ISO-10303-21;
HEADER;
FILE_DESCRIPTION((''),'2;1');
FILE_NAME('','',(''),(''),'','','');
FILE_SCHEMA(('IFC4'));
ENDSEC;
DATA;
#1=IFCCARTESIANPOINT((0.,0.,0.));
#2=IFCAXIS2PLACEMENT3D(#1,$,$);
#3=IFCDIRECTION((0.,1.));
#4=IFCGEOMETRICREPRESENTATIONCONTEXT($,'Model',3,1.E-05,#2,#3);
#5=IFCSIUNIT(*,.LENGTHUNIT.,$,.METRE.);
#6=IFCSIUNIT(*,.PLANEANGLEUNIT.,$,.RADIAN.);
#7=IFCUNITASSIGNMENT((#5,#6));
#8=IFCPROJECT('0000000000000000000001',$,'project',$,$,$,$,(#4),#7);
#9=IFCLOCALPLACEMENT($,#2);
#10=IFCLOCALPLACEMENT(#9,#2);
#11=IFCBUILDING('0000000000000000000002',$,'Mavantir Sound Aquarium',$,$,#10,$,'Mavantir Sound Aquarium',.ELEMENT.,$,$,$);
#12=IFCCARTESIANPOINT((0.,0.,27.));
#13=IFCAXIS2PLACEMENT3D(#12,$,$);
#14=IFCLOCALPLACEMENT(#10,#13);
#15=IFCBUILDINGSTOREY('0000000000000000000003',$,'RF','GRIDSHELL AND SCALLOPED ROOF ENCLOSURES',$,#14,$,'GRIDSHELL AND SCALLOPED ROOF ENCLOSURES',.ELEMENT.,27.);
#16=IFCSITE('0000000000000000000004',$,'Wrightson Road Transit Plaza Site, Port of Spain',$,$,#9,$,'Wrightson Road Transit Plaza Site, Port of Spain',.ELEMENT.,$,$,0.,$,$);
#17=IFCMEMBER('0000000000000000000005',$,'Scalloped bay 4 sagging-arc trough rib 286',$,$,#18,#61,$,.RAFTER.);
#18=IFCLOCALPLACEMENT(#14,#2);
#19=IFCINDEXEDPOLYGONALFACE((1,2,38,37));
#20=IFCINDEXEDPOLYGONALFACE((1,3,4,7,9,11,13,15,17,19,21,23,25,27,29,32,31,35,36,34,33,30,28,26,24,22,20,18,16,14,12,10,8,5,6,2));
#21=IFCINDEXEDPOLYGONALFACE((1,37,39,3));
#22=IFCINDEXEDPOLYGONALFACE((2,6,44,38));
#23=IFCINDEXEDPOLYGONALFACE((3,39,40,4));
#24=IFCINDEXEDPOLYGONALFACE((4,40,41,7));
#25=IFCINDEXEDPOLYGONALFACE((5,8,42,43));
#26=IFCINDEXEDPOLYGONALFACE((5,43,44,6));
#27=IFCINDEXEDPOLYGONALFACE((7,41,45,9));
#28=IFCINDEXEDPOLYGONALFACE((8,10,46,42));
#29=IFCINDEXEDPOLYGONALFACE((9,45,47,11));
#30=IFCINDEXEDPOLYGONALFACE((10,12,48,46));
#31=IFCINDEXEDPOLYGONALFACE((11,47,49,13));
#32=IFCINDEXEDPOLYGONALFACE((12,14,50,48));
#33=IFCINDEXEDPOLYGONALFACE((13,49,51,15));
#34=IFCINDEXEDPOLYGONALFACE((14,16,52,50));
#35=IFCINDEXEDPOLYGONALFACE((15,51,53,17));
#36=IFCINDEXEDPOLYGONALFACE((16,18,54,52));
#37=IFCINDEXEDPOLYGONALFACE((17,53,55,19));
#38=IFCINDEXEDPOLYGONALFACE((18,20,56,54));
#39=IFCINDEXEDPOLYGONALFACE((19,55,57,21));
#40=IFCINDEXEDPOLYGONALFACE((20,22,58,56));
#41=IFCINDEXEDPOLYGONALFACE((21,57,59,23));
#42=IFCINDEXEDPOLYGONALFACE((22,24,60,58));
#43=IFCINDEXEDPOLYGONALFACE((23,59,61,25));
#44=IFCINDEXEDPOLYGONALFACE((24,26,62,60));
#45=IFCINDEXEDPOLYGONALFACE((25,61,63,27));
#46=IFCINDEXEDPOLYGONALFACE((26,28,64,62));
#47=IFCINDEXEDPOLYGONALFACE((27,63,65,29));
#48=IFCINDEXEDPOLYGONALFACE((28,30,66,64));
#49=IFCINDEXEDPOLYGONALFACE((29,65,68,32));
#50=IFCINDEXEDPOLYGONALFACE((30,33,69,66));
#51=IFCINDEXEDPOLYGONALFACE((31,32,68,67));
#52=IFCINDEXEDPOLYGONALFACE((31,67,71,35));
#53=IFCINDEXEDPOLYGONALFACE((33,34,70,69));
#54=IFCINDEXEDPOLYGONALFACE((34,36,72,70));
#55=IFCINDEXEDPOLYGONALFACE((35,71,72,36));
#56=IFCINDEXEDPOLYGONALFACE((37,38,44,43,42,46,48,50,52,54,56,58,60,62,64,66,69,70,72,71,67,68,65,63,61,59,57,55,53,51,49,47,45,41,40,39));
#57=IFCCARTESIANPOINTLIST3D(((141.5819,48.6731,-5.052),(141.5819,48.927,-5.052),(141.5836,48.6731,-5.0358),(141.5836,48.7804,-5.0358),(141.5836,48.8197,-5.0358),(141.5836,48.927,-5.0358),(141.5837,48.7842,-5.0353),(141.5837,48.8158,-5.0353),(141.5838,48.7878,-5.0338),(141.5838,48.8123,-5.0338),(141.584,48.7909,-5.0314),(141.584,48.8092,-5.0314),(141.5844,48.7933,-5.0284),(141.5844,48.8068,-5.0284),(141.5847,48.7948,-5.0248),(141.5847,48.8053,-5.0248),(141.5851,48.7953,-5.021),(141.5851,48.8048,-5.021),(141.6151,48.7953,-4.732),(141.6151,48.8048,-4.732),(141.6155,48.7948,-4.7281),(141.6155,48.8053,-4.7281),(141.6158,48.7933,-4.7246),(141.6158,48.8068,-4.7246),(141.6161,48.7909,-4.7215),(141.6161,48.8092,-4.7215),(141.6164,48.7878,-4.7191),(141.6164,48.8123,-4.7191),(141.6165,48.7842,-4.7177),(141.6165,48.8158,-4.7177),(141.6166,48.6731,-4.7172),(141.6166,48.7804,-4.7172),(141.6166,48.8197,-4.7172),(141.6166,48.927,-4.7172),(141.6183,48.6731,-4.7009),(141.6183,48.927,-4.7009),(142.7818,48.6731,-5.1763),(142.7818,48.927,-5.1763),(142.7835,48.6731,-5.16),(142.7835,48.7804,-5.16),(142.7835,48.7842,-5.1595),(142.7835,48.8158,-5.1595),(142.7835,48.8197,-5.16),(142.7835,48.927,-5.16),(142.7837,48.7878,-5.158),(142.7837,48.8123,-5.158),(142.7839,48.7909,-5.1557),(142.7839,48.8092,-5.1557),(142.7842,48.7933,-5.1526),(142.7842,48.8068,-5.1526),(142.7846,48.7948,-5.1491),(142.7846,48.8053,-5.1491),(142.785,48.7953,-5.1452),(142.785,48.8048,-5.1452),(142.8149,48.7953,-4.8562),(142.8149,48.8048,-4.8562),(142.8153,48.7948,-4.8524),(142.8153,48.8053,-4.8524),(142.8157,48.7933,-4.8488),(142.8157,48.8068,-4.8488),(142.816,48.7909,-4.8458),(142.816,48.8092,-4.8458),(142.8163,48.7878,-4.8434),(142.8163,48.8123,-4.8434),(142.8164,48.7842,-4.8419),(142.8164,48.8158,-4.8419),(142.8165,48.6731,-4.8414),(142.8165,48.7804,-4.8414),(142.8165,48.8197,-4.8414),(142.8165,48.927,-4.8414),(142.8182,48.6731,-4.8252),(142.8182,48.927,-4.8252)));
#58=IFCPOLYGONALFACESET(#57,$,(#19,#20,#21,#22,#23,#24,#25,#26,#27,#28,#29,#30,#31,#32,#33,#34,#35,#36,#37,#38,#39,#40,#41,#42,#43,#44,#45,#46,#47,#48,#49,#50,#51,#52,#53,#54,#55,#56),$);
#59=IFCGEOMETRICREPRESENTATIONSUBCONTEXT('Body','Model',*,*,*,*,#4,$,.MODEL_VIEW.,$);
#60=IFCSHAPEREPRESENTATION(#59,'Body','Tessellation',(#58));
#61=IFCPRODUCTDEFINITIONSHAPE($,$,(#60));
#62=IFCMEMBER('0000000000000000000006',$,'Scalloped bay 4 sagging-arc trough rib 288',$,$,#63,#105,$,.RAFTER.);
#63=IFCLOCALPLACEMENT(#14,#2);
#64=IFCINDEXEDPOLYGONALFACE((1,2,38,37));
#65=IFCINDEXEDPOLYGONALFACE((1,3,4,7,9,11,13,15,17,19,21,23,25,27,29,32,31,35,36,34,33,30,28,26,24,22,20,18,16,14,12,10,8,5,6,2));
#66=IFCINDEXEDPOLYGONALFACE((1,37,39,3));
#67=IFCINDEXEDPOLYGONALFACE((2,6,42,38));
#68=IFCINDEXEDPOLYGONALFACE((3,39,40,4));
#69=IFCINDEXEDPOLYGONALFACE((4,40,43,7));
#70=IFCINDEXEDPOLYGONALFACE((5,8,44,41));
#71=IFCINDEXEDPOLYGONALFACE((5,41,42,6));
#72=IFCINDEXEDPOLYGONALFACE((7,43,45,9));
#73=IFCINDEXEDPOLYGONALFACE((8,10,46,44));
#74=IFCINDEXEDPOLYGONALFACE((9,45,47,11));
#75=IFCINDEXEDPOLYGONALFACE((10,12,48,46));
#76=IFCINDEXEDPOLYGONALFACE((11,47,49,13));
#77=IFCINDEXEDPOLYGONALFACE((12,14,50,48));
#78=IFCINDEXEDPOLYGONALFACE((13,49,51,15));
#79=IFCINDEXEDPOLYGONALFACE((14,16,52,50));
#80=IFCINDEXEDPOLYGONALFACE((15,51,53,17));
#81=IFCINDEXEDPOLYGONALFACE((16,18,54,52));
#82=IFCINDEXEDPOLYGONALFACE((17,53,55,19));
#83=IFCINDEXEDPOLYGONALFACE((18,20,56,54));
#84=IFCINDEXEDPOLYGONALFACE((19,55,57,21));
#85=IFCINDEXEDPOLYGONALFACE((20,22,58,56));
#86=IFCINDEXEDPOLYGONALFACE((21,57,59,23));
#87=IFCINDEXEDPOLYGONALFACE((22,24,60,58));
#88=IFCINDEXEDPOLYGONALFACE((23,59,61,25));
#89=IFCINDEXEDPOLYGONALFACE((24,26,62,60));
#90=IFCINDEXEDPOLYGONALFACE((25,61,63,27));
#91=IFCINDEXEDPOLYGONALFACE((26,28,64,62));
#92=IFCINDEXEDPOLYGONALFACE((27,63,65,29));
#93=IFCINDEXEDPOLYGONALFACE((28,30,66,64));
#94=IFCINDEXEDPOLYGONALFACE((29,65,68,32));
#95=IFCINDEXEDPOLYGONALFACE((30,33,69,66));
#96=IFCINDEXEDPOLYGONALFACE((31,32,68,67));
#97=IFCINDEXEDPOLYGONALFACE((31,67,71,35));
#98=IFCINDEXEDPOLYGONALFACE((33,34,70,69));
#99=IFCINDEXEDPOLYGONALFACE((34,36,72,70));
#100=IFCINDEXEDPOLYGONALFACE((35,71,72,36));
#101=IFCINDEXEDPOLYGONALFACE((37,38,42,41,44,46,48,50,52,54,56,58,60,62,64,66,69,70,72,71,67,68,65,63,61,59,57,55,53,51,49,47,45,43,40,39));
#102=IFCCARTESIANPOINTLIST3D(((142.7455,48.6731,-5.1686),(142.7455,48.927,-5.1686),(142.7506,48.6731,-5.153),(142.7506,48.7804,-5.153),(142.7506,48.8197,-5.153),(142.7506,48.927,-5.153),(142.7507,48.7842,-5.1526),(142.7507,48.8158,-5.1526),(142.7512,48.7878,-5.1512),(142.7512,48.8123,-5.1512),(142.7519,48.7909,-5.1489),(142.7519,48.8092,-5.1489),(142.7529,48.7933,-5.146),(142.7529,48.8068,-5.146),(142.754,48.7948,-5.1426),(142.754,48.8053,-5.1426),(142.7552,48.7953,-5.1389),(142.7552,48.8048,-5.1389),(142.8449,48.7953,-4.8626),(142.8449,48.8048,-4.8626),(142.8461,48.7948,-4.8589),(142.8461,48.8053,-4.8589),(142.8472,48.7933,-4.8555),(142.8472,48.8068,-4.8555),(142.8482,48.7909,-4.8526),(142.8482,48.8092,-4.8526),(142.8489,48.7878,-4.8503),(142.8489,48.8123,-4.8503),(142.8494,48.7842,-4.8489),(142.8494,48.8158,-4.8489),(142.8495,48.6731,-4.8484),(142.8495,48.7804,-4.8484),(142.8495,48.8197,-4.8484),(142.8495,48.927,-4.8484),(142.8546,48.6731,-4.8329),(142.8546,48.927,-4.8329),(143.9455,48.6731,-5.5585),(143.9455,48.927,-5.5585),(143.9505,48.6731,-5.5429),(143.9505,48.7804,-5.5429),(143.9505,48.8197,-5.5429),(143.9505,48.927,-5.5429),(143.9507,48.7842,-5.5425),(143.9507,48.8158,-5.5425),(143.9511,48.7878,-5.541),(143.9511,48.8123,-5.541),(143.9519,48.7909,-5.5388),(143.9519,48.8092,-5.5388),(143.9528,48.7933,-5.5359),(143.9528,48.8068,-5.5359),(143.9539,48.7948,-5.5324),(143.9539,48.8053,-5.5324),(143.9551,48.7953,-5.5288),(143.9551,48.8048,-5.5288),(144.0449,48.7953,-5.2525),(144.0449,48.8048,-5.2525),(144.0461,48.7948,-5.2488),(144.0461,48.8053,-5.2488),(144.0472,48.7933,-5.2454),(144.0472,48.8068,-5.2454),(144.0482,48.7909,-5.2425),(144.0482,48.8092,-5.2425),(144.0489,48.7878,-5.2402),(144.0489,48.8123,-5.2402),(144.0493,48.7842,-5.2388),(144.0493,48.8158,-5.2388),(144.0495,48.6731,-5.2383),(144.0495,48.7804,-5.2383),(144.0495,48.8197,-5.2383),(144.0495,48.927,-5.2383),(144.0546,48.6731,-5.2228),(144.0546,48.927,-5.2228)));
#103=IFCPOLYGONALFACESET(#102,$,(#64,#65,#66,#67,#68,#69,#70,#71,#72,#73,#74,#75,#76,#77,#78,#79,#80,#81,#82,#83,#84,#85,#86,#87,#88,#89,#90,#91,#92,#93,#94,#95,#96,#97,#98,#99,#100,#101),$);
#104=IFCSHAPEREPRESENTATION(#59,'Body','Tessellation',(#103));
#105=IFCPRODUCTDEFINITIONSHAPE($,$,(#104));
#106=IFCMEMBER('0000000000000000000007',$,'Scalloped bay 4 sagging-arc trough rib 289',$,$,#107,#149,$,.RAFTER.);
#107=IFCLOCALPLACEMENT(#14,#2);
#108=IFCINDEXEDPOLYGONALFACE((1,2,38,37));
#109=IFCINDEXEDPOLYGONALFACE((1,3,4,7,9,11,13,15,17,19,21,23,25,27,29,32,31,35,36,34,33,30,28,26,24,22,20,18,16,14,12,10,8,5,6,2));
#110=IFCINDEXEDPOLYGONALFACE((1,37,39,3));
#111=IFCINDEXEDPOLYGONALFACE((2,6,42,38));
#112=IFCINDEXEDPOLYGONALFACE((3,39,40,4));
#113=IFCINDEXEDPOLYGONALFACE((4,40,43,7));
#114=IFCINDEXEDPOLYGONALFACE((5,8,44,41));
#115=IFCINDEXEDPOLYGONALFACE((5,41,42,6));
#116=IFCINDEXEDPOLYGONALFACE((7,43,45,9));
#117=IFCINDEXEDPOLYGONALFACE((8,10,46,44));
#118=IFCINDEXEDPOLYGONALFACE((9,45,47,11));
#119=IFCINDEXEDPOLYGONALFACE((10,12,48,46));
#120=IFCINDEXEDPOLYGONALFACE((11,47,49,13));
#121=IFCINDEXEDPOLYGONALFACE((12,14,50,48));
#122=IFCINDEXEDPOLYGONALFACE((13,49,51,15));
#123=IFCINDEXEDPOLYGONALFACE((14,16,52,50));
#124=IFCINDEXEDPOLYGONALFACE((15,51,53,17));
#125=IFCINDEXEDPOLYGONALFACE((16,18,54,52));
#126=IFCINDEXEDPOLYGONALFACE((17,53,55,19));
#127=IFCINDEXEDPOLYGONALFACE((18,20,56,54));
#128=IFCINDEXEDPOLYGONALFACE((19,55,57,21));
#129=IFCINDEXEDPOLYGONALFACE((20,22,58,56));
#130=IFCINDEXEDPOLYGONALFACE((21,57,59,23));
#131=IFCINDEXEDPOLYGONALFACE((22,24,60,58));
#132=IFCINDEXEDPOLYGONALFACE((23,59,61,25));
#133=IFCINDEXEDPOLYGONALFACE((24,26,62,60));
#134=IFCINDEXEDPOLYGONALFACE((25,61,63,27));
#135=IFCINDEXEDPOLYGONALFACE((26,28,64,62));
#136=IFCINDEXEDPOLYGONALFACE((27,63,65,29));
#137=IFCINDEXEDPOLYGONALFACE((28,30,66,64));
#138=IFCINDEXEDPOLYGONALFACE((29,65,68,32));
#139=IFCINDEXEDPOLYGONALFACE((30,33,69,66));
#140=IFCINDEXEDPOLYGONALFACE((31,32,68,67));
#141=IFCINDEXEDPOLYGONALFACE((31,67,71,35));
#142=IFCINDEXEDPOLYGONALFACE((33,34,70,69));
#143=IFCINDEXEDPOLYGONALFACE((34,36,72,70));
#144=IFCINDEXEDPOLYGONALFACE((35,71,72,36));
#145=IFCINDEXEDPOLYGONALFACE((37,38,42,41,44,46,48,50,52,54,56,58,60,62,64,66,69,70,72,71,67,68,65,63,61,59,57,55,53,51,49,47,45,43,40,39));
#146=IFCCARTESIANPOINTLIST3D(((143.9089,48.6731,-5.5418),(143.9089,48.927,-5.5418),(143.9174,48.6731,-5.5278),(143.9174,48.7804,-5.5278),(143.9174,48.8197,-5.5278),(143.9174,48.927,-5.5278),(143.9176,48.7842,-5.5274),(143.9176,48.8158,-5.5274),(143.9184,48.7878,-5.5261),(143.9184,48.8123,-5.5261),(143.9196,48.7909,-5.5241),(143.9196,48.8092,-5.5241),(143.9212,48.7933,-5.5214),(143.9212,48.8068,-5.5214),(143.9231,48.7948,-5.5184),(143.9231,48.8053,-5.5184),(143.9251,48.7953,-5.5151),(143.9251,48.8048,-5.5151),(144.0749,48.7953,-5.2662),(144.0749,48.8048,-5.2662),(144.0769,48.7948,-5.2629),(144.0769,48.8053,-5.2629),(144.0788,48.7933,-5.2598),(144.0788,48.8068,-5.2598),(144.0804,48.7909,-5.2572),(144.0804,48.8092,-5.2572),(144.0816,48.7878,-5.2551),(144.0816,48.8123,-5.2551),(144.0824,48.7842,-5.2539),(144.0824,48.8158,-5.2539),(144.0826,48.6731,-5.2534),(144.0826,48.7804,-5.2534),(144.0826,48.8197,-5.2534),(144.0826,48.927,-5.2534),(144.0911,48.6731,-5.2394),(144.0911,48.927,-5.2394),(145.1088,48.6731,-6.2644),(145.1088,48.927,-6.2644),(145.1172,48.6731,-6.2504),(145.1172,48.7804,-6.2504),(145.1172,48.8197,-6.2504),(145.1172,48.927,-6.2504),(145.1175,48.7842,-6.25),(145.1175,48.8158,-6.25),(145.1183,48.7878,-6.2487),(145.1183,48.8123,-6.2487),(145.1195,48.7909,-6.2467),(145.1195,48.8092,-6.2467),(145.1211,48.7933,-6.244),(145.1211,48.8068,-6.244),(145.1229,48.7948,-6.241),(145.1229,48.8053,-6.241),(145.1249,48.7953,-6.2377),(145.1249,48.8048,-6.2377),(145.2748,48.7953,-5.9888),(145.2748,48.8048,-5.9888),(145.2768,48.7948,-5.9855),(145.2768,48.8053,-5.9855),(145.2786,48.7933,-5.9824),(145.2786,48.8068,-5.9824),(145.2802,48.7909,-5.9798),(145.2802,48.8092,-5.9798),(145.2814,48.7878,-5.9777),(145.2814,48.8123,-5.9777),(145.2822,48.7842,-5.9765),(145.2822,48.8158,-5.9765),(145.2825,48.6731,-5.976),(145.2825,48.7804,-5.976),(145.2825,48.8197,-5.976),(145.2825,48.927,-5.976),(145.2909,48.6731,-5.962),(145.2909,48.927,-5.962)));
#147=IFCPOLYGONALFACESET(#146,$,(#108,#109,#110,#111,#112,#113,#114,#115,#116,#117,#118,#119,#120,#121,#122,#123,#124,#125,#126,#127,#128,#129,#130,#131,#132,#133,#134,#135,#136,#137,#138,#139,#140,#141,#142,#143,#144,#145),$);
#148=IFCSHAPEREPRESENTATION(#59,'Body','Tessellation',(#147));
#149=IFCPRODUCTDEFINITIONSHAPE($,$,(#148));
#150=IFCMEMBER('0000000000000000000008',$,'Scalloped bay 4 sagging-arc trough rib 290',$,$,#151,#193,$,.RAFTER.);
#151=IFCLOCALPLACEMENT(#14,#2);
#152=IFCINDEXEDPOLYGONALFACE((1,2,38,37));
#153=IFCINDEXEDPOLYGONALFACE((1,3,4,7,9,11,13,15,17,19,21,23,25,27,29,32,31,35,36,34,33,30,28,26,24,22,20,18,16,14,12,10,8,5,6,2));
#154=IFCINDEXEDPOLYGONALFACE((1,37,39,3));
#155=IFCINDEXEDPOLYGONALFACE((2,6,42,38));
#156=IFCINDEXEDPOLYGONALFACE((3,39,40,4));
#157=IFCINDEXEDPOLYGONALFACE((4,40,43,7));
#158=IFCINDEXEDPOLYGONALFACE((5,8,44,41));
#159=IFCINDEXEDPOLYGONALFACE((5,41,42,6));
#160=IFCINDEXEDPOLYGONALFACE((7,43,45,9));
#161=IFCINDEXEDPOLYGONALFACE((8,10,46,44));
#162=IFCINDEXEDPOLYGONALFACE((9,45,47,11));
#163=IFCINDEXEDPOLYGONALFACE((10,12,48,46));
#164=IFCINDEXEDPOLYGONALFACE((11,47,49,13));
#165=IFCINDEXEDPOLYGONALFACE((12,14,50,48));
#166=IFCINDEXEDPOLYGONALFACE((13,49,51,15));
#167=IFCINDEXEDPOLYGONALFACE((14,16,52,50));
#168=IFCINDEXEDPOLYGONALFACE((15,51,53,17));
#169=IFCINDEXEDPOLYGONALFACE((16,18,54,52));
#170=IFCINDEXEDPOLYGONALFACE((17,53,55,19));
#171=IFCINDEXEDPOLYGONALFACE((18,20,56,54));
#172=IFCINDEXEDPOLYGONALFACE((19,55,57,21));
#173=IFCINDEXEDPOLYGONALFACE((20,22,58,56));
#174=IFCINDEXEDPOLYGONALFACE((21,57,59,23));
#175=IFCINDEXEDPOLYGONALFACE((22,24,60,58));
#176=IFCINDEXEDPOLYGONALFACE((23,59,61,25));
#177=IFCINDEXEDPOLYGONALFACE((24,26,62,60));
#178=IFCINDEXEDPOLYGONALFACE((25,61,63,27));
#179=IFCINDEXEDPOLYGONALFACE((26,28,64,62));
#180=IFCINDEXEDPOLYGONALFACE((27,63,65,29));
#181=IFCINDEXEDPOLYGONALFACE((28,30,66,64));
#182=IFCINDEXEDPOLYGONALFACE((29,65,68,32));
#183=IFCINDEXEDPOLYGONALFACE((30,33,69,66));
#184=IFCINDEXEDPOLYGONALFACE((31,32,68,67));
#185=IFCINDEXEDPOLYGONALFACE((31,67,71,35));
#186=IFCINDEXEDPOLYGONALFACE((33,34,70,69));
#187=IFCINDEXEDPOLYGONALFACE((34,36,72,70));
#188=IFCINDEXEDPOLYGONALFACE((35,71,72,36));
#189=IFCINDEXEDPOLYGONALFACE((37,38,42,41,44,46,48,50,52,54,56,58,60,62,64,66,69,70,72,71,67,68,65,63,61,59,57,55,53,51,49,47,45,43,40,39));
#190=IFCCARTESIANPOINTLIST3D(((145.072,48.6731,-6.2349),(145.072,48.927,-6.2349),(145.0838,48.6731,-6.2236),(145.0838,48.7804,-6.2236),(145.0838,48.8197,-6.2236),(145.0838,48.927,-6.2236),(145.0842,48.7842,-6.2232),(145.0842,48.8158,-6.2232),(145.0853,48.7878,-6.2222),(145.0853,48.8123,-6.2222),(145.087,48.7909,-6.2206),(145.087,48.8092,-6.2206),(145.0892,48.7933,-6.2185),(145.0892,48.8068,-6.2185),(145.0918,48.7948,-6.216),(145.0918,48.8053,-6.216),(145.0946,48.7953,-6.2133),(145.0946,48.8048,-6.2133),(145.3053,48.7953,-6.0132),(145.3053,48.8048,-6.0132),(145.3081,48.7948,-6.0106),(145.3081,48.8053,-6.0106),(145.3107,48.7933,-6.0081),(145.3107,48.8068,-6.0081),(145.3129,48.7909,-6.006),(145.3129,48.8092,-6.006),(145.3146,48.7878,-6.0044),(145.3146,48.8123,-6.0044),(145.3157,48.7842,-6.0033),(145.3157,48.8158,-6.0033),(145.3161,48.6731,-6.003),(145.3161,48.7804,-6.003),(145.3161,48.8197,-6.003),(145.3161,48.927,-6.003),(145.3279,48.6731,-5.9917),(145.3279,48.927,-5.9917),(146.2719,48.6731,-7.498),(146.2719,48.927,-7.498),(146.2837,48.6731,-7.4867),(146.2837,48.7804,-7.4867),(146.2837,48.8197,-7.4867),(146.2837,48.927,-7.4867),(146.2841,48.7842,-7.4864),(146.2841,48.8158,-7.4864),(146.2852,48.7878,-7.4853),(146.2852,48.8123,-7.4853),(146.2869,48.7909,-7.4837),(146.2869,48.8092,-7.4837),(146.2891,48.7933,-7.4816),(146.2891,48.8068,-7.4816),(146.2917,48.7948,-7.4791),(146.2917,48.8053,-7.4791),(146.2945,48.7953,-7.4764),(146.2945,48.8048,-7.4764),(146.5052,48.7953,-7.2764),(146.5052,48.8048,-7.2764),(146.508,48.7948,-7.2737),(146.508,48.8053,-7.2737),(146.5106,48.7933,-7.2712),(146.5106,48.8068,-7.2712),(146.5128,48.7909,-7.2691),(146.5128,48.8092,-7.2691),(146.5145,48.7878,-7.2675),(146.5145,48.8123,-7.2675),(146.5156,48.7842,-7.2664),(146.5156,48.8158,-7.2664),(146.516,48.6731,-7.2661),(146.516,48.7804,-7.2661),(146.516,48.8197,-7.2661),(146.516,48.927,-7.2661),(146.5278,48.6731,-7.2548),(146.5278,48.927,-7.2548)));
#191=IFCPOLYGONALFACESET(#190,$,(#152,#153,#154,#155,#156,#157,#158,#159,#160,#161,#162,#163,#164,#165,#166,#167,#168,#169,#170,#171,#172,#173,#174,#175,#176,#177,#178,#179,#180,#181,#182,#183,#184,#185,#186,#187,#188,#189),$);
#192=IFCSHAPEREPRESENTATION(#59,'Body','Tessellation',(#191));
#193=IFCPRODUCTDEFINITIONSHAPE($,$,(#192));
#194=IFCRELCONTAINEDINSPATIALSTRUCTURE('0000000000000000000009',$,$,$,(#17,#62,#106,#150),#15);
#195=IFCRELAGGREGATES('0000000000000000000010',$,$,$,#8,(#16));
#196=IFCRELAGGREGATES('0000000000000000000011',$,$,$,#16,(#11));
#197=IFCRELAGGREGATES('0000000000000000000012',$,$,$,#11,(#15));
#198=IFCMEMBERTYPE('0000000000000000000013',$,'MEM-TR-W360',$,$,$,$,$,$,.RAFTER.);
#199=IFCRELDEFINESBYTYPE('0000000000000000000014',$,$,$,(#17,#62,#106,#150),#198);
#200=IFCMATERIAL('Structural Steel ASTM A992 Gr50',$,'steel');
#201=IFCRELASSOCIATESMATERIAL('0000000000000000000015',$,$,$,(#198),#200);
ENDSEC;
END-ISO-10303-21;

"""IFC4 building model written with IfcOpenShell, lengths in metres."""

from ifc_helpers import new_model, si_unit, direction, frame, origin, origin_2d, place, context, subcontext, project, spatial, i_section, extrude, material, material_profile, profile_set, type_object, element, save


model = new_model("IFC4")

# Units and contexts
model_context = context("Model", 3, precision=1e-05, world=origin(), true_north=direction((0.0, 1.0)))
body_context = subcontext(model_context, "Body", "Model", "MODEL_VIEW")
ifc_project = project(units=[si_unit("LENGTHUNIT", "METRE"), si_unit("PLANEANGLEUNIT", "RADIAN")], contexts=[model_context])

# Site, building, storey
site_placement = place(None, origin())
site = spatial("IfcSite", under=ifc_project, at=site_placement, Name="Wrightson Road Transit Plaza Site, Port of Spain", LongName="Wrightson Road Transit Plaza Site, Port of Spain", CompositionType="ELEMENT", RefElevation=0.0)
building_placement = place(site_placement, origin())
building = spatial("IfcBuilding", under=site, at=building_placement, Name="Mavantir Sound Aquarium", LongName="Mavantir Sound Aquarium", CompositionType="ELEMENT")
storey_placement = place(building_placement, frame((0.0, 0.0, 27.0)))
storey = spatial("IfcBuildingStorey", under=building, at=storey_placement, Name="RF", Description="GRIDSHELL AND SCALLOPED ROOF ENCLOSURES", LongName="GRIDSHELL AND SCALLOPED ROOF ENCLOSURES", CompositionType="ELEMENT", Elevation=27.0)

# Shared definitions
ifc_material_1 = material(Name="Structural Steel ASTM A992 Gr50", Category="steel")

# Members
ifc_material_profile_1 = material_profile(ifc_material_1, i_section(OverallWidth=0.2539, OverallDepth=0.353, WebThickness=0.0095, FlangeThickness=0.0164, FilletRadius=0.0149, at=origin_2d()), Name="W360X91")
ifc_profile_set_1 = profile_set([ifc_material_profile_1], Name="Structural Steel ASTM A992 Gr50")
member_type_1 = type_object("IfcMemberType", Name="MEM-TR-W360", PredefinedType="RAFTER", material=ifc_profile_set_1)
member_1_placement = place(storey_placement, frame((141.6001, 48.8, -4.8765), z_axis=(0.99468, 0.0, -0.10301), x_axis=(0.0, 1.0, 0.0)))
element("IfcMember", 1, at=member_1_placement, inside=storey, type_object=member_type_1, Name="Scalloped bay 4 sagging-arc trough rib 286", PredefinedType="RAFTER", context=body_context, shape_type="SweptSolid", body=[
    extrude(i_section(OverallWidth=0.2539, OverallDepth=0.353, WebThickness=0.0095, FlangeThickness=0.0164, FilletRadius=0.0149, at=origin_2d()), origin(), (0.0, 0.0, 1.0), 1.2063),
])
member_2_placement = place(storey_placement, frame((142.8, 48.8, -5.0007), z_axis=(0.951055, 0.0, -0.30902), x_axis=(0.0, 1.0, 0.0)))
element("IfcMember", 2, at=member_2_placement, inside=storey, type_object=member_type_1, Name="Scalloped bay 4 sagging-arc trough rib 288", PredefinedType="RAFTER", context=body_context, shape_type="SweptSolid", body=[
    extrude(i_section(OverallWidth=0.2539, OverallDepth=0.353, WebThickness=0.0095, FlangeThickness=0.0164, FilletRadius=0.0149, at=origin_2d()), origin(), (0.0, 0.0, 1.0), 1.2617),
])
member_3_placement = place(storey_placement, frame((144.0, 48.8, -5.3906), z_axis=(0.856646, 0.0, -0.515905), x_axis=(0.0, 1.0, 0.0)))
element("IfcMember", 3, at=member_3_placement, inside=storey, type_object=member_type_1, Name="Scalloped bay 4 sagging-arc trough rib 289", PredefinedType="RAFTER", context=body_context, shape_type="SweptSolid", body=[
    extrude(i_section(OverallWidth=0.2539, OverallDepth=0.353, WebThickness=0.0095, FlangeThickness=0.0164, FilletRadius=0.0149, at=origin_2d()), origin(), (0.0, 0.0, 1.0), 1.4006),
])
member_4_placement = place(storey_placement, frame((145.2, 48.8, -6.1133), z_axis=(0.688727, 0.0, -0.72502), x_axis=(0.0, 1.0, 0.0)))
element("IfcMember", 4, at=member_4_placement, inside=storey, type_object=member_type_1, Name="Scalloped bay 4 sagging-arc trough rib 290", PredefinedType="RAFTER", context=body_context, shape_type="SweptSolid", body=[
    extrude(i_section(OverallWidth=0.2539, OverallDepth=0.353, WebThickness=0.0095, FlangeThickness=0.0164, FilletRadius=0.0149, at=origin_2d()), origin(), (0.0, 0.0, 1.0), 1.7422),
])

save(model, "model.ifc")
